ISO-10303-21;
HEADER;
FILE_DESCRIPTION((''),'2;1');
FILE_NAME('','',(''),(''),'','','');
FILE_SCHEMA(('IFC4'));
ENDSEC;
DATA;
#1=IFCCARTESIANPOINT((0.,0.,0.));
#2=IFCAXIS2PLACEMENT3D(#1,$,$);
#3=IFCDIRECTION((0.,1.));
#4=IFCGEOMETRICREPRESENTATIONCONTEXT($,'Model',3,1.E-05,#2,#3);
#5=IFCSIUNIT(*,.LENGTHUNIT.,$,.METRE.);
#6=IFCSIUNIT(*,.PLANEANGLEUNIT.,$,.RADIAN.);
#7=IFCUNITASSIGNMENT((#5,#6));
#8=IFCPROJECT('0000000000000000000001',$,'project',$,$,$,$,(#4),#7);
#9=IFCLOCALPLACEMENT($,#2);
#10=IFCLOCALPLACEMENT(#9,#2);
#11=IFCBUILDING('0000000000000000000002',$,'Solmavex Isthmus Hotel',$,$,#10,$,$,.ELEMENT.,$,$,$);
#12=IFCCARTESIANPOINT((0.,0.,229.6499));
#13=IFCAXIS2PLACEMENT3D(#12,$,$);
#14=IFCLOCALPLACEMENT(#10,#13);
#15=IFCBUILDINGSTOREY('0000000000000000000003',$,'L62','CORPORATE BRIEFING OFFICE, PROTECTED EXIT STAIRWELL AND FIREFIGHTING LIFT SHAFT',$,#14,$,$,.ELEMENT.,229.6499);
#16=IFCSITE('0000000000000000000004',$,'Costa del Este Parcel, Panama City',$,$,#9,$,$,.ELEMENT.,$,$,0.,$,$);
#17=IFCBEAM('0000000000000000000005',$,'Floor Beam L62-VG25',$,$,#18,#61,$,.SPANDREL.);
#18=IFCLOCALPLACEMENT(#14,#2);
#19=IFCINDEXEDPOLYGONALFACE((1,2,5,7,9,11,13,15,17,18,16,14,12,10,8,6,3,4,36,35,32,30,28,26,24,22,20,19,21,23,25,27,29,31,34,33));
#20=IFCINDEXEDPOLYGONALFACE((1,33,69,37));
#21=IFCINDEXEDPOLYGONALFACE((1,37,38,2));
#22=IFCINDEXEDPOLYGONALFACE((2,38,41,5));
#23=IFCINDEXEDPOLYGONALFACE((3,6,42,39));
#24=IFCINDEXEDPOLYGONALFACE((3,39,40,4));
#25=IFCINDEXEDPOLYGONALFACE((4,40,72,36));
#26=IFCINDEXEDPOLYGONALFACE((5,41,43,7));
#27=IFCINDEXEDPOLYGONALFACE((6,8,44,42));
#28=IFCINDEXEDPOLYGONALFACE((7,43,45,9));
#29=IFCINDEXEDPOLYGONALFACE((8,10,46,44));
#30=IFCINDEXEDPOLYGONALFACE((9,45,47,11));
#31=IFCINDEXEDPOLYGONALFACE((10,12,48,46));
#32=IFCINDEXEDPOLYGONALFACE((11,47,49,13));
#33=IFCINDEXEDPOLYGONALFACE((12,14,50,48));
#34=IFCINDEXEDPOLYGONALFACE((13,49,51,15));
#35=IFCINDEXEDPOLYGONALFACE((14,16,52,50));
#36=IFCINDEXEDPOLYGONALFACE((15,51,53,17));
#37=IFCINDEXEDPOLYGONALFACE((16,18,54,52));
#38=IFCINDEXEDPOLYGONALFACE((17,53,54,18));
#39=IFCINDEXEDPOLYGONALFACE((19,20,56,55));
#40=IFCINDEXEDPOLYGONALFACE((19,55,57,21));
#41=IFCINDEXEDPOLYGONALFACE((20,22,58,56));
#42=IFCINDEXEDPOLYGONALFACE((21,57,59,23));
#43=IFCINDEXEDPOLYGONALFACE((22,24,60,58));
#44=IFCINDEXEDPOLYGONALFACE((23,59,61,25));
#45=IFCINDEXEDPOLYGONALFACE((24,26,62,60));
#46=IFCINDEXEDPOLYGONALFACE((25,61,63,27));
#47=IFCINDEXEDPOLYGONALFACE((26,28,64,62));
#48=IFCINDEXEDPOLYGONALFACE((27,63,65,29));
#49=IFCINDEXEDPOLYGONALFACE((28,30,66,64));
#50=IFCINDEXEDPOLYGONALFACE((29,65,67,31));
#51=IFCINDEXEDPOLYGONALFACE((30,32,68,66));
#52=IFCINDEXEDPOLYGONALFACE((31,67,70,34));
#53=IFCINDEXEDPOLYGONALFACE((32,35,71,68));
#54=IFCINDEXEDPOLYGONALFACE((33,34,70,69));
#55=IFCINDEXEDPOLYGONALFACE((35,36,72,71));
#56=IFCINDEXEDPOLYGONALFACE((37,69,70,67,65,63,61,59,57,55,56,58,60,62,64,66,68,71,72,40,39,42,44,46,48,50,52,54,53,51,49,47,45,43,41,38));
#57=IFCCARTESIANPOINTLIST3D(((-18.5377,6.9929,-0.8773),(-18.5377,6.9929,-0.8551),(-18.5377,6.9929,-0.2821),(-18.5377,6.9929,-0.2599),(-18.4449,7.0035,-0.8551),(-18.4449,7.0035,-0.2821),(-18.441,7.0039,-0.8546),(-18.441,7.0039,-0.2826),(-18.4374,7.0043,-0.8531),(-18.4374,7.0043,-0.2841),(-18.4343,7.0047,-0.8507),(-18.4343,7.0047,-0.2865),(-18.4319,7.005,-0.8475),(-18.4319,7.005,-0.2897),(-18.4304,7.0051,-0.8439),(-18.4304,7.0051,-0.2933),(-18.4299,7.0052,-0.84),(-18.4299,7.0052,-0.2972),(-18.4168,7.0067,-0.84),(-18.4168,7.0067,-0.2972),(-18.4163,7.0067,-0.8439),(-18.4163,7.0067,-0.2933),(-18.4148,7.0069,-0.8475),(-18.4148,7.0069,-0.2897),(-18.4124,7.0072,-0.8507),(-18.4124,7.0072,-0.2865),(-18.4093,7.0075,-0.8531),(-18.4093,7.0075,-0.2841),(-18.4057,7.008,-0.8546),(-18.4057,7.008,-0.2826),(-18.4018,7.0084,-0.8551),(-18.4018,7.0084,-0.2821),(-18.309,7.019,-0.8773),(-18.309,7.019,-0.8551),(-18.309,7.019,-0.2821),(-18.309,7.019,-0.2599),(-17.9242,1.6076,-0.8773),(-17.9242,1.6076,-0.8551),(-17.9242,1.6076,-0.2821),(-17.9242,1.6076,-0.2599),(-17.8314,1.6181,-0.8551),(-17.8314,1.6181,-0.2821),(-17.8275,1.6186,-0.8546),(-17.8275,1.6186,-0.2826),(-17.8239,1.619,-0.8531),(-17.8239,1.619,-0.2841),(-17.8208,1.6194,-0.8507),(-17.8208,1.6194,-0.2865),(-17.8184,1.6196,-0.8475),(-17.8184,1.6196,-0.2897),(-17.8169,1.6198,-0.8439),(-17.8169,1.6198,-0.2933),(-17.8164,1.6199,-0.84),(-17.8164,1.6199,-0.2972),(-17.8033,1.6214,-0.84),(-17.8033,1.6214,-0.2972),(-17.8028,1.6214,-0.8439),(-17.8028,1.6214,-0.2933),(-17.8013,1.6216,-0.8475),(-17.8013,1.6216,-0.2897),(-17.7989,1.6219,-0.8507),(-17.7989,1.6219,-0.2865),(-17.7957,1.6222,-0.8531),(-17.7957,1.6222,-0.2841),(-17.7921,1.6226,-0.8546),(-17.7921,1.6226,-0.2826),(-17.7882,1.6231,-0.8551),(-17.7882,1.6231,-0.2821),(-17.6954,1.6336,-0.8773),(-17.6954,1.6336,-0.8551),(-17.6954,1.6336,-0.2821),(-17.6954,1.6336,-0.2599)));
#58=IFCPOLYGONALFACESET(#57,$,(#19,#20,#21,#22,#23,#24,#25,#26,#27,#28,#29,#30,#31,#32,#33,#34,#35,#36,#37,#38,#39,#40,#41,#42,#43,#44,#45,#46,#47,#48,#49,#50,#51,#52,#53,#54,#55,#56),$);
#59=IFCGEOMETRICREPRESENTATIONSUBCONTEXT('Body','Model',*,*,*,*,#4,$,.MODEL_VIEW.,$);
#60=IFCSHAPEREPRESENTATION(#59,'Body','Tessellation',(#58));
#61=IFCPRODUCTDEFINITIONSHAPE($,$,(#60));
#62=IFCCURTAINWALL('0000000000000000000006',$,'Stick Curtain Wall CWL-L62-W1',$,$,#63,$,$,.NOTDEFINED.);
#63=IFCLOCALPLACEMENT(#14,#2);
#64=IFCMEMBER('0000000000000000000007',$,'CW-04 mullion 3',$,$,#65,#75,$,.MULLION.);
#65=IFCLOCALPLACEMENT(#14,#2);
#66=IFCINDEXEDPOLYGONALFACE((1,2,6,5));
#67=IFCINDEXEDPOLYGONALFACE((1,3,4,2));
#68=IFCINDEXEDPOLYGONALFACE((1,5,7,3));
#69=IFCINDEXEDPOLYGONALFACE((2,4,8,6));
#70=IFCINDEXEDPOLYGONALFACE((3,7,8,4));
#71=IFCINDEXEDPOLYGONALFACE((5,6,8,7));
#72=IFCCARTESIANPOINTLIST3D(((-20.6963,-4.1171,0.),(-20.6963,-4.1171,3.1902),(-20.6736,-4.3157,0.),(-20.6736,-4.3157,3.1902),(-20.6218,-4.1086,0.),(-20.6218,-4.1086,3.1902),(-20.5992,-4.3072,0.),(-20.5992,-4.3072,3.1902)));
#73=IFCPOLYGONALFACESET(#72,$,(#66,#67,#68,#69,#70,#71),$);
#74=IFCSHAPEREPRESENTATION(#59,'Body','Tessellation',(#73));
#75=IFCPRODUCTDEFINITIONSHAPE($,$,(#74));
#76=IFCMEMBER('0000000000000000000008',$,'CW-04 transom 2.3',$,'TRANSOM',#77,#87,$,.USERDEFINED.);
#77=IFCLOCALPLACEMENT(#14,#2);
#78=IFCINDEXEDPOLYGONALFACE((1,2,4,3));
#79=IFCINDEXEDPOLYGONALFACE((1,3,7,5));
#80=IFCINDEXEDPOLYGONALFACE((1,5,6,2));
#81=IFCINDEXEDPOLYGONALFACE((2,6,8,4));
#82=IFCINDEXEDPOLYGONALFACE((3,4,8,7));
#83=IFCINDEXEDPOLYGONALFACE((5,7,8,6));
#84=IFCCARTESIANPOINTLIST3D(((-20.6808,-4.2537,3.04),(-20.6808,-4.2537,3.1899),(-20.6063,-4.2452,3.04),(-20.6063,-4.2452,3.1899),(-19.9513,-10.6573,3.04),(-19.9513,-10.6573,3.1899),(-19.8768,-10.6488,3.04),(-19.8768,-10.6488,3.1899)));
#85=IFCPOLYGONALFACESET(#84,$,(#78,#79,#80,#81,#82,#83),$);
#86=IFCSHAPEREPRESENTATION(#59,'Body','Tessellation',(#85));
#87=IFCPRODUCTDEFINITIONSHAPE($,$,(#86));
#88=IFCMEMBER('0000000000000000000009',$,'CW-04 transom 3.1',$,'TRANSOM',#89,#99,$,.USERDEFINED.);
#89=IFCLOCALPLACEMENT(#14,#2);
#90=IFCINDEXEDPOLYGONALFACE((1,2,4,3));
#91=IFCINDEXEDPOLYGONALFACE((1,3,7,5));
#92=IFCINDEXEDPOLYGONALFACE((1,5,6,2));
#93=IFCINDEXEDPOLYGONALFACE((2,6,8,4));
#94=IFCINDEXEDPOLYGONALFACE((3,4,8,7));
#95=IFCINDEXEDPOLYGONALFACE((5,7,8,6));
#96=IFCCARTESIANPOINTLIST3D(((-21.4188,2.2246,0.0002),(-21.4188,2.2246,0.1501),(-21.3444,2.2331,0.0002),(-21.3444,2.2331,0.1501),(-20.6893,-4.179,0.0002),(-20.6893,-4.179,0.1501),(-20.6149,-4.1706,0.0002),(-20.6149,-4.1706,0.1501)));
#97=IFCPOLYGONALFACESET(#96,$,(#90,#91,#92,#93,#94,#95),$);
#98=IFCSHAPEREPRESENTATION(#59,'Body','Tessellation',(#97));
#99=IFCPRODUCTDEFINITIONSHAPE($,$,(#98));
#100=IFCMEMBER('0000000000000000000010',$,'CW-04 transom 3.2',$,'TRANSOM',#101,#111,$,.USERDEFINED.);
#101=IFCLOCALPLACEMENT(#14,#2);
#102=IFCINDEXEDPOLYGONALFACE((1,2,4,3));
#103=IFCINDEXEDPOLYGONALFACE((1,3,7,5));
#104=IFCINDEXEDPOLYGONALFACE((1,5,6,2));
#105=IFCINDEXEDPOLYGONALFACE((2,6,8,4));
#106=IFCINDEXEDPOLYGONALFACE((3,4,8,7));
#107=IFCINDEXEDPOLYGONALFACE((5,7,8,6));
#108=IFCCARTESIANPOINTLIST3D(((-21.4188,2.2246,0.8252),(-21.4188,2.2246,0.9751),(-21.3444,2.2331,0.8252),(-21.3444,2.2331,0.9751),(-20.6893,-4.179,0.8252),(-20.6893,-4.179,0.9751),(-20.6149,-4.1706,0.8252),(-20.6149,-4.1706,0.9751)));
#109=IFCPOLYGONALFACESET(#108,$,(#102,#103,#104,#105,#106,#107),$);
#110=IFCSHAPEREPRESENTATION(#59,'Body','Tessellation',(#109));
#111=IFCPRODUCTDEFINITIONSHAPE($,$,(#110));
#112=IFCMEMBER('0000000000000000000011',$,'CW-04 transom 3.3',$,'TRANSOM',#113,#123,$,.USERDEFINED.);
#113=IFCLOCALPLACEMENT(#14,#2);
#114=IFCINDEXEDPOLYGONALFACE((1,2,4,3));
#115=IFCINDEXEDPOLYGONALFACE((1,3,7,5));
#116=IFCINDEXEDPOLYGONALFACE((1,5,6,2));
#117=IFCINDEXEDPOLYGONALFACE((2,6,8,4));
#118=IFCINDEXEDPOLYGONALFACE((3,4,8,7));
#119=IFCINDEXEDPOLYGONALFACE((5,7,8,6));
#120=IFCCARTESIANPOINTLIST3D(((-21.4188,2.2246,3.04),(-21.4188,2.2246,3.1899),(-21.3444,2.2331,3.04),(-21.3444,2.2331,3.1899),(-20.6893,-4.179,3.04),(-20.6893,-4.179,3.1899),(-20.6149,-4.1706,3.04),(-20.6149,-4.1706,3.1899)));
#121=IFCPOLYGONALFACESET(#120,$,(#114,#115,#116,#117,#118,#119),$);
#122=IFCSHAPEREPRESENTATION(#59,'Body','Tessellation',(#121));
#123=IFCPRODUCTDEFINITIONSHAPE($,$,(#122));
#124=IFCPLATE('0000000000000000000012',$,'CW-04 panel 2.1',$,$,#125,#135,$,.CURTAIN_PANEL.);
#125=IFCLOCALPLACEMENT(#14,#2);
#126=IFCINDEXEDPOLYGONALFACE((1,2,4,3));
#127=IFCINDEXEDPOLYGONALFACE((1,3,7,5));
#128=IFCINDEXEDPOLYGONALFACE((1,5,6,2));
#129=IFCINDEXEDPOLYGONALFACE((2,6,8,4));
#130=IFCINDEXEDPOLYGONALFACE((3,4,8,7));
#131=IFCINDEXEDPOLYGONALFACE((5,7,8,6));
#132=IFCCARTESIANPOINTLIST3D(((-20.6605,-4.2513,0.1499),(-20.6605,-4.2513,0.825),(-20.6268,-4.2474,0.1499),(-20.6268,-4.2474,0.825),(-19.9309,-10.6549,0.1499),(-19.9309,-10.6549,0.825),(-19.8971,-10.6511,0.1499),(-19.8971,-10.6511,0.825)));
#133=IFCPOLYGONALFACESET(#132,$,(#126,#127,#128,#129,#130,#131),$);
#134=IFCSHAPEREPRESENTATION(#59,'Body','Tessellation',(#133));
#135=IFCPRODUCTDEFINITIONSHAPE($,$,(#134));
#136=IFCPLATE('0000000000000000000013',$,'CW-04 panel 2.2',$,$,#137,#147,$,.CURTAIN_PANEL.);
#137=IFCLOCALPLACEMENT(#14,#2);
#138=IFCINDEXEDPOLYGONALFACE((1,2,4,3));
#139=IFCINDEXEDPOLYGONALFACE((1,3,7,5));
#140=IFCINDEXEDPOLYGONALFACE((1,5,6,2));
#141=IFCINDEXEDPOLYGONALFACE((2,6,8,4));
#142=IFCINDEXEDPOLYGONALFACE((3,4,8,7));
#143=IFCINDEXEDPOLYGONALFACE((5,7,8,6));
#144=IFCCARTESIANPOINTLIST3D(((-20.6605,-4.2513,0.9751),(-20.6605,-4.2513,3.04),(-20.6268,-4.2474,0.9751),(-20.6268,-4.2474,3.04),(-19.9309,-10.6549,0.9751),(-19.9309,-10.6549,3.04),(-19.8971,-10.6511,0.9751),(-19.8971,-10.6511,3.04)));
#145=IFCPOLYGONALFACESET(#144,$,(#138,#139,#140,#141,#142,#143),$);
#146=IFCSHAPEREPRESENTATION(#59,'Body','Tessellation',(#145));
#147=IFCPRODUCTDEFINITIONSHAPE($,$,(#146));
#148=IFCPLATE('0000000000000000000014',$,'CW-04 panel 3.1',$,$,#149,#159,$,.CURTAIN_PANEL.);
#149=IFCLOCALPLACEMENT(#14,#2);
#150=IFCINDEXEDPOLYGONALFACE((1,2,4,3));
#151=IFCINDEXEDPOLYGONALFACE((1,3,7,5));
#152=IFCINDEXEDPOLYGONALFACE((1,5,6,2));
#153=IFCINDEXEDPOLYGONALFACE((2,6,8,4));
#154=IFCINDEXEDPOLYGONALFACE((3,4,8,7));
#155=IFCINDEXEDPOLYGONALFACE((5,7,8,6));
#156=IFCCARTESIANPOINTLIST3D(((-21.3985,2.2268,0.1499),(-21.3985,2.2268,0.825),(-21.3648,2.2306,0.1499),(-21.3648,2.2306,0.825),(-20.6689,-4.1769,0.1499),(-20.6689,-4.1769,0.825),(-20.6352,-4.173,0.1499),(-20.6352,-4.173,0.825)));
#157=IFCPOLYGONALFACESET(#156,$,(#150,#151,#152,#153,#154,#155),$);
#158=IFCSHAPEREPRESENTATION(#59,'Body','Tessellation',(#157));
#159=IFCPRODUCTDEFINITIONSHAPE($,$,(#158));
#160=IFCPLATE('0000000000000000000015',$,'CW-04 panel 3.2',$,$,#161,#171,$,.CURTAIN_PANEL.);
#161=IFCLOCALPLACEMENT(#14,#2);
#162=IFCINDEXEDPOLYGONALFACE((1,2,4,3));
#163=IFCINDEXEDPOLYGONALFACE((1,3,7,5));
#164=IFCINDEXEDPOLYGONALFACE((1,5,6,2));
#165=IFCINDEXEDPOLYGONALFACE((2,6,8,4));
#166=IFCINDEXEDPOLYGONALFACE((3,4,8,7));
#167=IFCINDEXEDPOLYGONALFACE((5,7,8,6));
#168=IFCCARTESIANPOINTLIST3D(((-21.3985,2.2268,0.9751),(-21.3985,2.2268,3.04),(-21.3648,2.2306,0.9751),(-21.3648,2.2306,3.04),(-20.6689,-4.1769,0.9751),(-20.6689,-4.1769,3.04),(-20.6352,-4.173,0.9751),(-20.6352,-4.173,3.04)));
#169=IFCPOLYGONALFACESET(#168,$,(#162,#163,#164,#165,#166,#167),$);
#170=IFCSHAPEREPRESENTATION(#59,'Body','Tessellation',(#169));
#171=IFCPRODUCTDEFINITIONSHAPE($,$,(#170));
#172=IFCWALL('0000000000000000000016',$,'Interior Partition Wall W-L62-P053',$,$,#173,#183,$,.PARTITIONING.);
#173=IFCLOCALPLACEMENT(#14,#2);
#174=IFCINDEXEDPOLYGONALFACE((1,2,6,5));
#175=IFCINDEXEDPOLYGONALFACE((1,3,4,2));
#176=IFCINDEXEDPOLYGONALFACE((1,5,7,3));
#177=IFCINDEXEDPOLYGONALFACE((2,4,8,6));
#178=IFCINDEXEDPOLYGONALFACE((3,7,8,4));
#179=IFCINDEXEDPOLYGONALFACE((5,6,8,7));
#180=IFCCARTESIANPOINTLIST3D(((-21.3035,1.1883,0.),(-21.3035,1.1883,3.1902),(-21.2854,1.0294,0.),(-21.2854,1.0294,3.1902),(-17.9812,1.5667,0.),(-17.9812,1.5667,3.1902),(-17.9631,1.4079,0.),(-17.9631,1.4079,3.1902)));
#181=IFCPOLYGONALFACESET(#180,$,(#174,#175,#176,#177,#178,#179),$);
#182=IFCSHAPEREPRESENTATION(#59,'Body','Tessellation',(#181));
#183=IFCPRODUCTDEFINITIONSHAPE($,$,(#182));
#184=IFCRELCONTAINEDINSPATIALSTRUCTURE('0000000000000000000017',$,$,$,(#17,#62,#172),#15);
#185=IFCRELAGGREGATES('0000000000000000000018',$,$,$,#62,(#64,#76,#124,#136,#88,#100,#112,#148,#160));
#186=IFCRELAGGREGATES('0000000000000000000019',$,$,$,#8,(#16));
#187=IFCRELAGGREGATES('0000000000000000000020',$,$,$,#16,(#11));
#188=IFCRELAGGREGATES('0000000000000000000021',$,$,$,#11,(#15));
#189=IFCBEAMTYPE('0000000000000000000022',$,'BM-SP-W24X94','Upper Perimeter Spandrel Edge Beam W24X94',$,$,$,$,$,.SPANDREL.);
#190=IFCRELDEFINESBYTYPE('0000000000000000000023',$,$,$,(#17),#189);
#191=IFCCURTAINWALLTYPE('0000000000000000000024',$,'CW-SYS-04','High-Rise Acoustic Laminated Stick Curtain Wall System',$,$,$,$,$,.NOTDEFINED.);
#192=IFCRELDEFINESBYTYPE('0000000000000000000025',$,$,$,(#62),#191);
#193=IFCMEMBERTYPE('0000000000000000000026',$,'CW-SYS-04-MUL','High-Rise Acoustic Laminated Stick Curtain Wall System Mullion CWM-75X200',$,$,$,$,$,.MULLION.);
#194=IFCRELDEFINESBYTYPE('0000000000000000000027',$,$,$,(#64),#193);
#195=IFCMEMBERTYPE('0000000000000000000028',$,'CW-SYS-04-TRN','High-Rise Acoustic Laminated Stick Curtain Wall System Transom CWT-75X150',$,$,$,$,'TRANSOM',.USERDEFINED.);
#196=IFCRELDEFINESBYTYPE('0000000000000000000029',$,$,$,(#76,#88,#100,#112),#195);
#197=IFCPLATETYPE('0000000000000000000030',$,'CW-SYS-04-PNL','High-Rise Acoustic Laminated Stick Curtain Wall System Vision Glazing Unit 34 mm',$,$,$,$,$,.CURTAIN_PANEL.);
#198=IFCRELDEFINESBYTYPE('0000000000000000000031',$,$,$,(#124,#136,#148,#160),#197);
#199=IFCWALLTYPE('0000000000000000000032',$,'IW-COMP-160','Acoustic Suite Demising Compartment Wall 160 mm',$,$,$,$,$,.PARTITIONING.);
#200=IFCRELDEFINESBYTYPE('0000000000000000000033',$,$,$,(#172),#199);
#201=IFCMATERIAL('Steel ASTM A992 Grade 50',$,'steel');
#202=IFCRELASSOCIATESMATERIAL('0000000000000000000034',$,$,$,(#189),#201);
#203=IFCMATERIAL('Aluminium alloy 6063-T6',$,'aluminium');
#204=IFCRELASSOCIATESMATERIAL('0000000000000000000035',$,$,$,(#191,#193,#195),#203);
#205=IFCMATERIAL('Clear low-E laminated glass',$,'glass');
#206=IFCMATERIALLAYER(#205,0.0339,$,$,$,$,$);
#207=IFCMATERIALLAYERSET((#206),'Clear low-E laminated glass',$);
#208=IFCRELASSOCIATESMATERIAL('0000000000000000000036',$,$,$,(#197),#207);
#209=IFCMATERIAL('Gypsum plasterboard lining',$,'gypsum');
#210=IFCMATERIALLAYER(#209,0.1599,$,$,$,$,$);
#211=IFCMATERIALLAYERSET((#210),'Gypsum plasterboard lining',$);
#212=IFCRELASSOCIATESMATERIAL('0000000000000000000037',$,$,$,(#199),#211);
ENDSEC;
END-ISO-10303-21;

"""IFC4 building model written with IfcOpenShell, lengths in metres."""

from ifc_helpers import new_model, si_unit, direction, frame, frame_2d, origin, origin_2d, place, context, subcontext, project, spatial, rectangle, i_section, extrude, material, layer, layer_set, material_profile, profile_set, type_object, element, aggregate, save


model = new_model("IFC4")

# Units and contexts
model_context = context("Model", 3, precision=1e-05, world=origin(), true_north=direction((0.0, 1.0)))
body_context = subcontext(model_context, "Body", "Model", "MODEL_VIEW")
ifc_project = project(units=[si_unit("LENGTHUNIT", "METRE"), si_unit("PLANEANGLEUNIT", "RADIAN")], contexts=[model_context])

# Site, building, storey
site_placement = place(None, origin())
site = spatial("IfcSite", under=ifc_project, at=site_placement, Name="Costa del Este Parcel, Panama City", CompositionType="ELEMENT", RefElevation=0.0)
building_placement = place(site_placement, origin())
building = spatial("IfcBuilding", under=site, at=building_placement, Name="Solmavex Isthmus Hotel", CompositionType="ELEMENT")
storey_placement = place(building_placement, frame((0.0, 0.0, 229.6499)))
storey = spatial("IfcBuildingStorey", under=building, at=storey_placement, Name="L62", Description="CORPORATE BRIEFING OFFICE, PROTECTED EXIT STAIRWELL AND FIREFIGHTING LIFT SHAFT", CompositionType="ELEMENT", Elevation=229.6499)

# Beam
ifc_material_1 = material(Name="Steel ASTM A992 Grade 50", Category="steel")
ifc_material_profile_1 = material_profile(ifc_material_1, i_section(OverallWidth=0.2302, OverallDepth=0.6174, WebThickness=0.0132, FlangeThickness=0.0222, FilletRadius=0.0151, at=origin_2d()), Name="W24X94")
ifc_profile_set_1 = profile_set([ifc_material_profile_1], Name="Steel ASTM A992 Grade 50")
beam_type_1 = type_object("IfcBeamType", Name="BM-SP-W24X94", Description="Upper Perimeter Spandrel Edge Beam W24X94", PredefinedType="SPANDREL", material=ifc_profile_set_1)
beam_1_placement = place(storey_placement, frame((-17.8098, 1.6206, -0.5686), z_axis=(-0.113195, 0.993573, 0.0), x_axis=(-0.993573, -0.113195, 0.0)))
element("IfcBeam", 1, at=beam_1_placement, inside=storey, type_object=beam_type_1, Name="Floor Beam L62-VG25", PredefinedType="SPANDREL", context=body_context, shape_type="SweptSolid", body=[
    extrude(i_section(OverallWidth=0.2302, OverallDepth=0.6174, WebThickness=0.0132, FlangeThickness=0.0222, FilletRadius=0.0151, at=origin_2d()), origin(), (0.0, 0.0, 1.0), 5.4202),
])

# Curtain wall, members, plates
ifc_material_2 = material(Name="Aluminium alloy 6063-T6", Category="aluminium")
curtain_wall_type = type_object("IfcCurtainWallType", Name="CW-SYS-04", Description="High-Rise Acoustic Laminated Stick Curtain Wall System", PredefinedType="NOTDEFINED", material=ifc_material_2)
curtain_wall_placement = place(storey_placement, origin())
curtain_wall = element("IfcCurtainWall", 2, at=curtain_wall_placement, inside=storey, type_object=curtain_wall_type, Name="Stick Curtain Wall CWL-L62-W1", PredefinedType="NOTDEFINED")
ifc_material_profile_2 = material_profile(ifc_material_2, rectangle(XDim=0.075, YDim=0.2, at=origin_2d()), Name="CWM-75X200")
ifc_profile_set_2 = profile_set([ifc_material_profile_2], Name="Aluminium alloy 6063-T6")
member_type_1 = type_object("IfcMemberType", Name="CW-SYS-04-MUL", Description="High-Rise Acoustic Laminated Stick Curtain Wall System Mullion CWM-75X200", PredefinedType="MULLION", material=ifc_profile_set_2)
member_1_placement = place(storey_placement, frame((-20.6477, -4.2122, 0.0), z_axis=(0.0, 0.0, 1.0), x_axis=(-0.993572, -0.113203, 0.0)))
member_1 = element("IfcMember", 3, at=member_1_placement, type_object=member_type_1, Name="CW-04 mullion 3", PredefinedType="MULLION", context=body_context, shape_type="SweptSolid", body=[
    extrude(rectangle(XDim=0.075, YDim=0.2, at=origin_2d()), origin(), (0.0, 0.0, 1.0), 3.1902),
])
ifc_material_profile_3 = material_profile(ifc_material_2, rectangle(XDim=0.075, YDim=0.1499, at=origin_2d()), Name="CWT-75X150")
ifc_profile_set_3 = profile_set([ifc_material_profile_3], Name="Aluminium alloy 6063-T6")
member_type_2 = type_object("IfcMemberType", Name="CW-SYS-04-TRN", Description="High-Rise Acoustic Laminated Stick Curtain Wall System Transom CWT-75X150", ElementType="TRANSOM", PredefinedType="USERDEFINED", material=ifc_profile_set_3)
member_2_placement = place(storey_placement, frame((-19.9141, -10.6531, 3.115), z_axis=(-0.113188, 0.993574, 0.0), x_axis=(-0.993574, -0.113188, 0.0)))
member_2 = element("IfcMember", 4, at=member_2_placement, type_object=member_type_2, Name="CW-04 transom 2.3", ObjectType="TRANSOM", PredefinedType="USERDEFINED", context=body_context, shape_type="SweptSolid", body=[
    extrude(rectangle(XDim=0.075, YDim=0.1499, at=origin_2d()), origin(), (0.0, 0.0, 1.0), 6.4451),
])
member_3_placement = place(storey_placement, frame((-20.6521, -4.1748, 0.0752), z_axis=(-0.113188, 0.993574, 0.0), x_axis=(-0.993574, -0.113188, 0.0)))
member_3 = element("IfcMember", 5, at=member_3_placement, type_object=member_type_2, Name="CW-04 transom 3.1", ObjectType="TRANSOM", PredefinedType="USERDEFINED", context=body_context, shape_type="SweptSolid", body=[
    extrude(rectangle(XDim=0.075, YDim=0.1499, at=origin_2d()), origin(), (0.0, 0.0, 1.0), 6.4451),
])
member_4_placement = place(storey_placement, frame((-20.6521, -4.1748, 0.9001), z_axis=(-0.113188, 0.993574, 0.0), x_axis=(-0.993574, -0.113188, 0.0)))
member_4 = element("IfcMember", 6, at=member_4_placement, type_object=member_type_2, Name="CW-04 transom 3.2", ObjectType="TRANSOM", PredefinedType="USERDEFINED", context=body_context, shape_type="SweptSolid", body=[
    extrude(rectangle(XDim=0.075, YDim=0.1499, at=origin_2d()), origin(), (0.0, 0.0, 1.0), 6.4451),
])
member_5_placement = place(storey_placement, frame((-20.6521, -4.1748, 3.115), z_axis=(-0.113188, 0.993574, 0.0), x_axis=(-0.993574, -0.113188, 0.0)))
member_5 = element("IfcMember", 7, at=member_5_placement, type_object=member_type_2, Name="CW-04 transom 3.3", ObjectType="TRANSOM", PredefinedType="USERDEFINED", context=body_context, shape_type="SweptSolid", body=[
    extrude(rectangle(XDim=0.075, YDim=0.1499, at=origin_2d()), origin(), (0.0, 0.0, 1.0), 6.4451),
])
ifc_material_3 = material(Name="Clear low-E laminated glass", Category="glass")
ifc_layer_1 = layer(ifc_material_3, 0.0339)
ifc_layer_set_1 = layer_set([ifc_layer_1], Name="Clear low-E laminated glass")
plate_type = type_object("IfcPlateType", Name="CW-SYS-04-PNL", Description="High-Rise Acoustic Laminated Stick Curtain Wall System Vision Glazing Unit 34 mm", PredefinedType="CURTAIN_PANEL", material=ifc_layer_set_1)
plate_1_placement = place(storey_placement, frame((-20.2788, -7.4512, 0.1499), z_axis=(0.0, 0.0, 1.0), x_axis=(-0.113203, 0.993572, 0.0)))
plate_1 = element("IfcPlate", 8, at=plate_1_placement, type_object=plate_type, Name="CW-04 panel 2.1", PredefinedType="CURTAIN_PANEL", context=body_context, shape_type="SweptSolid", body=[
    extrude(rectangle(XDim=6.4451, YDim=0.0339, at=origin_2d()), origin(), (0.0, 0.0, 1.0), 0.675),
])
plate_2_placement = place(storey_placement, frame((-20.2788, -7.4512, 0.9751), z_axis=(0.0, 0.0, 1.0), x_axis=(-0.113203, 0.993572, 0.0)))
plate_2 = element("IfcPlate", 9, at=plate_2_placement, type_object=plate_type, Name="CW-04 panel 2.2", PredefinedType="CURTAIN_PANEL", context=body_context, shape_type="SweptSolid", body=[
    extrude(rectangle(XDim=6.4451, YDim=0.0339, at=origin_2d()), origin(), (0.0, 0.0, 1.0), 2.0649),
])
plate_3_placement = place(storey_placement, frame((-21.0168, -0.9731, 0.1499), z_axis=(0.0, 0.0, 1.0), x_axis=(-0.113203, 0.993572, 0.0)))
plate_3 = element("IfcPlate", 10, at=plate_3_placement, type_object=plate_type, Name="CW-04 panel 3.1", PredefinedType="CURTAIN_PANEL", context=body_context, shape_type="SweptSolid", body=[
    extrude(rectangle(XDim=6.4451, YDim=0.0339, at=origin_2d()), origin(), (0.0, 0.0, 1.0), 0.675),
])
plate_4_placement = place(storey_placement, frame((-21.0168, -0.9731, 0.9751), z_axis=(0.0, 0.0, 1.0), x_axis=(-0.113203, 0.993572, 0.0)))
plate_4 = element("IfcPlate", 11, at=plate_4_placement, type_object=plate_type, Name="CW-04 panel 3.2", PredefinedType="CURTAIN_PANEL", context=body_context, shape_type="SweptSolid", body=[
    extrude(rectangle(XDim=6.4451, YDim=0.0339, at=origin_2d()), origin(), (0.0, 0.0, 1.0), 2.0649),
])
aggregate(curtain_wall, [member_1, member_2, plate_1, plate_2, member_3, member_4, member_5, plate_3, plate_4])

# Wall
ifc_material_4 = material(Name="Gypsum plasterboard lining", Category="gypsum")
ifc_layer_2 = layer(ifc_material_4, 0.1599)
ifc_layer_set_2 = layer_set([ifc_layer_2], Name="Gypsum plasterboard lining")
wall_type_1 = type_object("IfcWallType", Name="IW-COMP-160", Description="Acoustic Suite Demising Compartment Wall 160 mm", PredefinedType="PARTITIONING", material=ifc_layer_set_2)
wall_1_placement = place(storey_placement, frame((-17.9722, 1.4873, 0.0), z_axis=(0.0, 0.0, 1.0), x_axis=(-0.993575, -0.113172, 0.0)))
element("IfcWall", 12, at=wall_1_placement, inside=storey, type_object=wall_type_1, Name="Interior Partition Wall W-L62-P053", PredefinedType="PARTITIONING", context=body_context, shape_type="SweptSolid", body=[
    extrude(rectangle(XDim=3.3438, YDim=0.1599, at=frame_2d((1.6719, 0.0))), origin(), (0.0, 0.0, 1.0), 3.1902),
])

save(model, "model.ifc")
